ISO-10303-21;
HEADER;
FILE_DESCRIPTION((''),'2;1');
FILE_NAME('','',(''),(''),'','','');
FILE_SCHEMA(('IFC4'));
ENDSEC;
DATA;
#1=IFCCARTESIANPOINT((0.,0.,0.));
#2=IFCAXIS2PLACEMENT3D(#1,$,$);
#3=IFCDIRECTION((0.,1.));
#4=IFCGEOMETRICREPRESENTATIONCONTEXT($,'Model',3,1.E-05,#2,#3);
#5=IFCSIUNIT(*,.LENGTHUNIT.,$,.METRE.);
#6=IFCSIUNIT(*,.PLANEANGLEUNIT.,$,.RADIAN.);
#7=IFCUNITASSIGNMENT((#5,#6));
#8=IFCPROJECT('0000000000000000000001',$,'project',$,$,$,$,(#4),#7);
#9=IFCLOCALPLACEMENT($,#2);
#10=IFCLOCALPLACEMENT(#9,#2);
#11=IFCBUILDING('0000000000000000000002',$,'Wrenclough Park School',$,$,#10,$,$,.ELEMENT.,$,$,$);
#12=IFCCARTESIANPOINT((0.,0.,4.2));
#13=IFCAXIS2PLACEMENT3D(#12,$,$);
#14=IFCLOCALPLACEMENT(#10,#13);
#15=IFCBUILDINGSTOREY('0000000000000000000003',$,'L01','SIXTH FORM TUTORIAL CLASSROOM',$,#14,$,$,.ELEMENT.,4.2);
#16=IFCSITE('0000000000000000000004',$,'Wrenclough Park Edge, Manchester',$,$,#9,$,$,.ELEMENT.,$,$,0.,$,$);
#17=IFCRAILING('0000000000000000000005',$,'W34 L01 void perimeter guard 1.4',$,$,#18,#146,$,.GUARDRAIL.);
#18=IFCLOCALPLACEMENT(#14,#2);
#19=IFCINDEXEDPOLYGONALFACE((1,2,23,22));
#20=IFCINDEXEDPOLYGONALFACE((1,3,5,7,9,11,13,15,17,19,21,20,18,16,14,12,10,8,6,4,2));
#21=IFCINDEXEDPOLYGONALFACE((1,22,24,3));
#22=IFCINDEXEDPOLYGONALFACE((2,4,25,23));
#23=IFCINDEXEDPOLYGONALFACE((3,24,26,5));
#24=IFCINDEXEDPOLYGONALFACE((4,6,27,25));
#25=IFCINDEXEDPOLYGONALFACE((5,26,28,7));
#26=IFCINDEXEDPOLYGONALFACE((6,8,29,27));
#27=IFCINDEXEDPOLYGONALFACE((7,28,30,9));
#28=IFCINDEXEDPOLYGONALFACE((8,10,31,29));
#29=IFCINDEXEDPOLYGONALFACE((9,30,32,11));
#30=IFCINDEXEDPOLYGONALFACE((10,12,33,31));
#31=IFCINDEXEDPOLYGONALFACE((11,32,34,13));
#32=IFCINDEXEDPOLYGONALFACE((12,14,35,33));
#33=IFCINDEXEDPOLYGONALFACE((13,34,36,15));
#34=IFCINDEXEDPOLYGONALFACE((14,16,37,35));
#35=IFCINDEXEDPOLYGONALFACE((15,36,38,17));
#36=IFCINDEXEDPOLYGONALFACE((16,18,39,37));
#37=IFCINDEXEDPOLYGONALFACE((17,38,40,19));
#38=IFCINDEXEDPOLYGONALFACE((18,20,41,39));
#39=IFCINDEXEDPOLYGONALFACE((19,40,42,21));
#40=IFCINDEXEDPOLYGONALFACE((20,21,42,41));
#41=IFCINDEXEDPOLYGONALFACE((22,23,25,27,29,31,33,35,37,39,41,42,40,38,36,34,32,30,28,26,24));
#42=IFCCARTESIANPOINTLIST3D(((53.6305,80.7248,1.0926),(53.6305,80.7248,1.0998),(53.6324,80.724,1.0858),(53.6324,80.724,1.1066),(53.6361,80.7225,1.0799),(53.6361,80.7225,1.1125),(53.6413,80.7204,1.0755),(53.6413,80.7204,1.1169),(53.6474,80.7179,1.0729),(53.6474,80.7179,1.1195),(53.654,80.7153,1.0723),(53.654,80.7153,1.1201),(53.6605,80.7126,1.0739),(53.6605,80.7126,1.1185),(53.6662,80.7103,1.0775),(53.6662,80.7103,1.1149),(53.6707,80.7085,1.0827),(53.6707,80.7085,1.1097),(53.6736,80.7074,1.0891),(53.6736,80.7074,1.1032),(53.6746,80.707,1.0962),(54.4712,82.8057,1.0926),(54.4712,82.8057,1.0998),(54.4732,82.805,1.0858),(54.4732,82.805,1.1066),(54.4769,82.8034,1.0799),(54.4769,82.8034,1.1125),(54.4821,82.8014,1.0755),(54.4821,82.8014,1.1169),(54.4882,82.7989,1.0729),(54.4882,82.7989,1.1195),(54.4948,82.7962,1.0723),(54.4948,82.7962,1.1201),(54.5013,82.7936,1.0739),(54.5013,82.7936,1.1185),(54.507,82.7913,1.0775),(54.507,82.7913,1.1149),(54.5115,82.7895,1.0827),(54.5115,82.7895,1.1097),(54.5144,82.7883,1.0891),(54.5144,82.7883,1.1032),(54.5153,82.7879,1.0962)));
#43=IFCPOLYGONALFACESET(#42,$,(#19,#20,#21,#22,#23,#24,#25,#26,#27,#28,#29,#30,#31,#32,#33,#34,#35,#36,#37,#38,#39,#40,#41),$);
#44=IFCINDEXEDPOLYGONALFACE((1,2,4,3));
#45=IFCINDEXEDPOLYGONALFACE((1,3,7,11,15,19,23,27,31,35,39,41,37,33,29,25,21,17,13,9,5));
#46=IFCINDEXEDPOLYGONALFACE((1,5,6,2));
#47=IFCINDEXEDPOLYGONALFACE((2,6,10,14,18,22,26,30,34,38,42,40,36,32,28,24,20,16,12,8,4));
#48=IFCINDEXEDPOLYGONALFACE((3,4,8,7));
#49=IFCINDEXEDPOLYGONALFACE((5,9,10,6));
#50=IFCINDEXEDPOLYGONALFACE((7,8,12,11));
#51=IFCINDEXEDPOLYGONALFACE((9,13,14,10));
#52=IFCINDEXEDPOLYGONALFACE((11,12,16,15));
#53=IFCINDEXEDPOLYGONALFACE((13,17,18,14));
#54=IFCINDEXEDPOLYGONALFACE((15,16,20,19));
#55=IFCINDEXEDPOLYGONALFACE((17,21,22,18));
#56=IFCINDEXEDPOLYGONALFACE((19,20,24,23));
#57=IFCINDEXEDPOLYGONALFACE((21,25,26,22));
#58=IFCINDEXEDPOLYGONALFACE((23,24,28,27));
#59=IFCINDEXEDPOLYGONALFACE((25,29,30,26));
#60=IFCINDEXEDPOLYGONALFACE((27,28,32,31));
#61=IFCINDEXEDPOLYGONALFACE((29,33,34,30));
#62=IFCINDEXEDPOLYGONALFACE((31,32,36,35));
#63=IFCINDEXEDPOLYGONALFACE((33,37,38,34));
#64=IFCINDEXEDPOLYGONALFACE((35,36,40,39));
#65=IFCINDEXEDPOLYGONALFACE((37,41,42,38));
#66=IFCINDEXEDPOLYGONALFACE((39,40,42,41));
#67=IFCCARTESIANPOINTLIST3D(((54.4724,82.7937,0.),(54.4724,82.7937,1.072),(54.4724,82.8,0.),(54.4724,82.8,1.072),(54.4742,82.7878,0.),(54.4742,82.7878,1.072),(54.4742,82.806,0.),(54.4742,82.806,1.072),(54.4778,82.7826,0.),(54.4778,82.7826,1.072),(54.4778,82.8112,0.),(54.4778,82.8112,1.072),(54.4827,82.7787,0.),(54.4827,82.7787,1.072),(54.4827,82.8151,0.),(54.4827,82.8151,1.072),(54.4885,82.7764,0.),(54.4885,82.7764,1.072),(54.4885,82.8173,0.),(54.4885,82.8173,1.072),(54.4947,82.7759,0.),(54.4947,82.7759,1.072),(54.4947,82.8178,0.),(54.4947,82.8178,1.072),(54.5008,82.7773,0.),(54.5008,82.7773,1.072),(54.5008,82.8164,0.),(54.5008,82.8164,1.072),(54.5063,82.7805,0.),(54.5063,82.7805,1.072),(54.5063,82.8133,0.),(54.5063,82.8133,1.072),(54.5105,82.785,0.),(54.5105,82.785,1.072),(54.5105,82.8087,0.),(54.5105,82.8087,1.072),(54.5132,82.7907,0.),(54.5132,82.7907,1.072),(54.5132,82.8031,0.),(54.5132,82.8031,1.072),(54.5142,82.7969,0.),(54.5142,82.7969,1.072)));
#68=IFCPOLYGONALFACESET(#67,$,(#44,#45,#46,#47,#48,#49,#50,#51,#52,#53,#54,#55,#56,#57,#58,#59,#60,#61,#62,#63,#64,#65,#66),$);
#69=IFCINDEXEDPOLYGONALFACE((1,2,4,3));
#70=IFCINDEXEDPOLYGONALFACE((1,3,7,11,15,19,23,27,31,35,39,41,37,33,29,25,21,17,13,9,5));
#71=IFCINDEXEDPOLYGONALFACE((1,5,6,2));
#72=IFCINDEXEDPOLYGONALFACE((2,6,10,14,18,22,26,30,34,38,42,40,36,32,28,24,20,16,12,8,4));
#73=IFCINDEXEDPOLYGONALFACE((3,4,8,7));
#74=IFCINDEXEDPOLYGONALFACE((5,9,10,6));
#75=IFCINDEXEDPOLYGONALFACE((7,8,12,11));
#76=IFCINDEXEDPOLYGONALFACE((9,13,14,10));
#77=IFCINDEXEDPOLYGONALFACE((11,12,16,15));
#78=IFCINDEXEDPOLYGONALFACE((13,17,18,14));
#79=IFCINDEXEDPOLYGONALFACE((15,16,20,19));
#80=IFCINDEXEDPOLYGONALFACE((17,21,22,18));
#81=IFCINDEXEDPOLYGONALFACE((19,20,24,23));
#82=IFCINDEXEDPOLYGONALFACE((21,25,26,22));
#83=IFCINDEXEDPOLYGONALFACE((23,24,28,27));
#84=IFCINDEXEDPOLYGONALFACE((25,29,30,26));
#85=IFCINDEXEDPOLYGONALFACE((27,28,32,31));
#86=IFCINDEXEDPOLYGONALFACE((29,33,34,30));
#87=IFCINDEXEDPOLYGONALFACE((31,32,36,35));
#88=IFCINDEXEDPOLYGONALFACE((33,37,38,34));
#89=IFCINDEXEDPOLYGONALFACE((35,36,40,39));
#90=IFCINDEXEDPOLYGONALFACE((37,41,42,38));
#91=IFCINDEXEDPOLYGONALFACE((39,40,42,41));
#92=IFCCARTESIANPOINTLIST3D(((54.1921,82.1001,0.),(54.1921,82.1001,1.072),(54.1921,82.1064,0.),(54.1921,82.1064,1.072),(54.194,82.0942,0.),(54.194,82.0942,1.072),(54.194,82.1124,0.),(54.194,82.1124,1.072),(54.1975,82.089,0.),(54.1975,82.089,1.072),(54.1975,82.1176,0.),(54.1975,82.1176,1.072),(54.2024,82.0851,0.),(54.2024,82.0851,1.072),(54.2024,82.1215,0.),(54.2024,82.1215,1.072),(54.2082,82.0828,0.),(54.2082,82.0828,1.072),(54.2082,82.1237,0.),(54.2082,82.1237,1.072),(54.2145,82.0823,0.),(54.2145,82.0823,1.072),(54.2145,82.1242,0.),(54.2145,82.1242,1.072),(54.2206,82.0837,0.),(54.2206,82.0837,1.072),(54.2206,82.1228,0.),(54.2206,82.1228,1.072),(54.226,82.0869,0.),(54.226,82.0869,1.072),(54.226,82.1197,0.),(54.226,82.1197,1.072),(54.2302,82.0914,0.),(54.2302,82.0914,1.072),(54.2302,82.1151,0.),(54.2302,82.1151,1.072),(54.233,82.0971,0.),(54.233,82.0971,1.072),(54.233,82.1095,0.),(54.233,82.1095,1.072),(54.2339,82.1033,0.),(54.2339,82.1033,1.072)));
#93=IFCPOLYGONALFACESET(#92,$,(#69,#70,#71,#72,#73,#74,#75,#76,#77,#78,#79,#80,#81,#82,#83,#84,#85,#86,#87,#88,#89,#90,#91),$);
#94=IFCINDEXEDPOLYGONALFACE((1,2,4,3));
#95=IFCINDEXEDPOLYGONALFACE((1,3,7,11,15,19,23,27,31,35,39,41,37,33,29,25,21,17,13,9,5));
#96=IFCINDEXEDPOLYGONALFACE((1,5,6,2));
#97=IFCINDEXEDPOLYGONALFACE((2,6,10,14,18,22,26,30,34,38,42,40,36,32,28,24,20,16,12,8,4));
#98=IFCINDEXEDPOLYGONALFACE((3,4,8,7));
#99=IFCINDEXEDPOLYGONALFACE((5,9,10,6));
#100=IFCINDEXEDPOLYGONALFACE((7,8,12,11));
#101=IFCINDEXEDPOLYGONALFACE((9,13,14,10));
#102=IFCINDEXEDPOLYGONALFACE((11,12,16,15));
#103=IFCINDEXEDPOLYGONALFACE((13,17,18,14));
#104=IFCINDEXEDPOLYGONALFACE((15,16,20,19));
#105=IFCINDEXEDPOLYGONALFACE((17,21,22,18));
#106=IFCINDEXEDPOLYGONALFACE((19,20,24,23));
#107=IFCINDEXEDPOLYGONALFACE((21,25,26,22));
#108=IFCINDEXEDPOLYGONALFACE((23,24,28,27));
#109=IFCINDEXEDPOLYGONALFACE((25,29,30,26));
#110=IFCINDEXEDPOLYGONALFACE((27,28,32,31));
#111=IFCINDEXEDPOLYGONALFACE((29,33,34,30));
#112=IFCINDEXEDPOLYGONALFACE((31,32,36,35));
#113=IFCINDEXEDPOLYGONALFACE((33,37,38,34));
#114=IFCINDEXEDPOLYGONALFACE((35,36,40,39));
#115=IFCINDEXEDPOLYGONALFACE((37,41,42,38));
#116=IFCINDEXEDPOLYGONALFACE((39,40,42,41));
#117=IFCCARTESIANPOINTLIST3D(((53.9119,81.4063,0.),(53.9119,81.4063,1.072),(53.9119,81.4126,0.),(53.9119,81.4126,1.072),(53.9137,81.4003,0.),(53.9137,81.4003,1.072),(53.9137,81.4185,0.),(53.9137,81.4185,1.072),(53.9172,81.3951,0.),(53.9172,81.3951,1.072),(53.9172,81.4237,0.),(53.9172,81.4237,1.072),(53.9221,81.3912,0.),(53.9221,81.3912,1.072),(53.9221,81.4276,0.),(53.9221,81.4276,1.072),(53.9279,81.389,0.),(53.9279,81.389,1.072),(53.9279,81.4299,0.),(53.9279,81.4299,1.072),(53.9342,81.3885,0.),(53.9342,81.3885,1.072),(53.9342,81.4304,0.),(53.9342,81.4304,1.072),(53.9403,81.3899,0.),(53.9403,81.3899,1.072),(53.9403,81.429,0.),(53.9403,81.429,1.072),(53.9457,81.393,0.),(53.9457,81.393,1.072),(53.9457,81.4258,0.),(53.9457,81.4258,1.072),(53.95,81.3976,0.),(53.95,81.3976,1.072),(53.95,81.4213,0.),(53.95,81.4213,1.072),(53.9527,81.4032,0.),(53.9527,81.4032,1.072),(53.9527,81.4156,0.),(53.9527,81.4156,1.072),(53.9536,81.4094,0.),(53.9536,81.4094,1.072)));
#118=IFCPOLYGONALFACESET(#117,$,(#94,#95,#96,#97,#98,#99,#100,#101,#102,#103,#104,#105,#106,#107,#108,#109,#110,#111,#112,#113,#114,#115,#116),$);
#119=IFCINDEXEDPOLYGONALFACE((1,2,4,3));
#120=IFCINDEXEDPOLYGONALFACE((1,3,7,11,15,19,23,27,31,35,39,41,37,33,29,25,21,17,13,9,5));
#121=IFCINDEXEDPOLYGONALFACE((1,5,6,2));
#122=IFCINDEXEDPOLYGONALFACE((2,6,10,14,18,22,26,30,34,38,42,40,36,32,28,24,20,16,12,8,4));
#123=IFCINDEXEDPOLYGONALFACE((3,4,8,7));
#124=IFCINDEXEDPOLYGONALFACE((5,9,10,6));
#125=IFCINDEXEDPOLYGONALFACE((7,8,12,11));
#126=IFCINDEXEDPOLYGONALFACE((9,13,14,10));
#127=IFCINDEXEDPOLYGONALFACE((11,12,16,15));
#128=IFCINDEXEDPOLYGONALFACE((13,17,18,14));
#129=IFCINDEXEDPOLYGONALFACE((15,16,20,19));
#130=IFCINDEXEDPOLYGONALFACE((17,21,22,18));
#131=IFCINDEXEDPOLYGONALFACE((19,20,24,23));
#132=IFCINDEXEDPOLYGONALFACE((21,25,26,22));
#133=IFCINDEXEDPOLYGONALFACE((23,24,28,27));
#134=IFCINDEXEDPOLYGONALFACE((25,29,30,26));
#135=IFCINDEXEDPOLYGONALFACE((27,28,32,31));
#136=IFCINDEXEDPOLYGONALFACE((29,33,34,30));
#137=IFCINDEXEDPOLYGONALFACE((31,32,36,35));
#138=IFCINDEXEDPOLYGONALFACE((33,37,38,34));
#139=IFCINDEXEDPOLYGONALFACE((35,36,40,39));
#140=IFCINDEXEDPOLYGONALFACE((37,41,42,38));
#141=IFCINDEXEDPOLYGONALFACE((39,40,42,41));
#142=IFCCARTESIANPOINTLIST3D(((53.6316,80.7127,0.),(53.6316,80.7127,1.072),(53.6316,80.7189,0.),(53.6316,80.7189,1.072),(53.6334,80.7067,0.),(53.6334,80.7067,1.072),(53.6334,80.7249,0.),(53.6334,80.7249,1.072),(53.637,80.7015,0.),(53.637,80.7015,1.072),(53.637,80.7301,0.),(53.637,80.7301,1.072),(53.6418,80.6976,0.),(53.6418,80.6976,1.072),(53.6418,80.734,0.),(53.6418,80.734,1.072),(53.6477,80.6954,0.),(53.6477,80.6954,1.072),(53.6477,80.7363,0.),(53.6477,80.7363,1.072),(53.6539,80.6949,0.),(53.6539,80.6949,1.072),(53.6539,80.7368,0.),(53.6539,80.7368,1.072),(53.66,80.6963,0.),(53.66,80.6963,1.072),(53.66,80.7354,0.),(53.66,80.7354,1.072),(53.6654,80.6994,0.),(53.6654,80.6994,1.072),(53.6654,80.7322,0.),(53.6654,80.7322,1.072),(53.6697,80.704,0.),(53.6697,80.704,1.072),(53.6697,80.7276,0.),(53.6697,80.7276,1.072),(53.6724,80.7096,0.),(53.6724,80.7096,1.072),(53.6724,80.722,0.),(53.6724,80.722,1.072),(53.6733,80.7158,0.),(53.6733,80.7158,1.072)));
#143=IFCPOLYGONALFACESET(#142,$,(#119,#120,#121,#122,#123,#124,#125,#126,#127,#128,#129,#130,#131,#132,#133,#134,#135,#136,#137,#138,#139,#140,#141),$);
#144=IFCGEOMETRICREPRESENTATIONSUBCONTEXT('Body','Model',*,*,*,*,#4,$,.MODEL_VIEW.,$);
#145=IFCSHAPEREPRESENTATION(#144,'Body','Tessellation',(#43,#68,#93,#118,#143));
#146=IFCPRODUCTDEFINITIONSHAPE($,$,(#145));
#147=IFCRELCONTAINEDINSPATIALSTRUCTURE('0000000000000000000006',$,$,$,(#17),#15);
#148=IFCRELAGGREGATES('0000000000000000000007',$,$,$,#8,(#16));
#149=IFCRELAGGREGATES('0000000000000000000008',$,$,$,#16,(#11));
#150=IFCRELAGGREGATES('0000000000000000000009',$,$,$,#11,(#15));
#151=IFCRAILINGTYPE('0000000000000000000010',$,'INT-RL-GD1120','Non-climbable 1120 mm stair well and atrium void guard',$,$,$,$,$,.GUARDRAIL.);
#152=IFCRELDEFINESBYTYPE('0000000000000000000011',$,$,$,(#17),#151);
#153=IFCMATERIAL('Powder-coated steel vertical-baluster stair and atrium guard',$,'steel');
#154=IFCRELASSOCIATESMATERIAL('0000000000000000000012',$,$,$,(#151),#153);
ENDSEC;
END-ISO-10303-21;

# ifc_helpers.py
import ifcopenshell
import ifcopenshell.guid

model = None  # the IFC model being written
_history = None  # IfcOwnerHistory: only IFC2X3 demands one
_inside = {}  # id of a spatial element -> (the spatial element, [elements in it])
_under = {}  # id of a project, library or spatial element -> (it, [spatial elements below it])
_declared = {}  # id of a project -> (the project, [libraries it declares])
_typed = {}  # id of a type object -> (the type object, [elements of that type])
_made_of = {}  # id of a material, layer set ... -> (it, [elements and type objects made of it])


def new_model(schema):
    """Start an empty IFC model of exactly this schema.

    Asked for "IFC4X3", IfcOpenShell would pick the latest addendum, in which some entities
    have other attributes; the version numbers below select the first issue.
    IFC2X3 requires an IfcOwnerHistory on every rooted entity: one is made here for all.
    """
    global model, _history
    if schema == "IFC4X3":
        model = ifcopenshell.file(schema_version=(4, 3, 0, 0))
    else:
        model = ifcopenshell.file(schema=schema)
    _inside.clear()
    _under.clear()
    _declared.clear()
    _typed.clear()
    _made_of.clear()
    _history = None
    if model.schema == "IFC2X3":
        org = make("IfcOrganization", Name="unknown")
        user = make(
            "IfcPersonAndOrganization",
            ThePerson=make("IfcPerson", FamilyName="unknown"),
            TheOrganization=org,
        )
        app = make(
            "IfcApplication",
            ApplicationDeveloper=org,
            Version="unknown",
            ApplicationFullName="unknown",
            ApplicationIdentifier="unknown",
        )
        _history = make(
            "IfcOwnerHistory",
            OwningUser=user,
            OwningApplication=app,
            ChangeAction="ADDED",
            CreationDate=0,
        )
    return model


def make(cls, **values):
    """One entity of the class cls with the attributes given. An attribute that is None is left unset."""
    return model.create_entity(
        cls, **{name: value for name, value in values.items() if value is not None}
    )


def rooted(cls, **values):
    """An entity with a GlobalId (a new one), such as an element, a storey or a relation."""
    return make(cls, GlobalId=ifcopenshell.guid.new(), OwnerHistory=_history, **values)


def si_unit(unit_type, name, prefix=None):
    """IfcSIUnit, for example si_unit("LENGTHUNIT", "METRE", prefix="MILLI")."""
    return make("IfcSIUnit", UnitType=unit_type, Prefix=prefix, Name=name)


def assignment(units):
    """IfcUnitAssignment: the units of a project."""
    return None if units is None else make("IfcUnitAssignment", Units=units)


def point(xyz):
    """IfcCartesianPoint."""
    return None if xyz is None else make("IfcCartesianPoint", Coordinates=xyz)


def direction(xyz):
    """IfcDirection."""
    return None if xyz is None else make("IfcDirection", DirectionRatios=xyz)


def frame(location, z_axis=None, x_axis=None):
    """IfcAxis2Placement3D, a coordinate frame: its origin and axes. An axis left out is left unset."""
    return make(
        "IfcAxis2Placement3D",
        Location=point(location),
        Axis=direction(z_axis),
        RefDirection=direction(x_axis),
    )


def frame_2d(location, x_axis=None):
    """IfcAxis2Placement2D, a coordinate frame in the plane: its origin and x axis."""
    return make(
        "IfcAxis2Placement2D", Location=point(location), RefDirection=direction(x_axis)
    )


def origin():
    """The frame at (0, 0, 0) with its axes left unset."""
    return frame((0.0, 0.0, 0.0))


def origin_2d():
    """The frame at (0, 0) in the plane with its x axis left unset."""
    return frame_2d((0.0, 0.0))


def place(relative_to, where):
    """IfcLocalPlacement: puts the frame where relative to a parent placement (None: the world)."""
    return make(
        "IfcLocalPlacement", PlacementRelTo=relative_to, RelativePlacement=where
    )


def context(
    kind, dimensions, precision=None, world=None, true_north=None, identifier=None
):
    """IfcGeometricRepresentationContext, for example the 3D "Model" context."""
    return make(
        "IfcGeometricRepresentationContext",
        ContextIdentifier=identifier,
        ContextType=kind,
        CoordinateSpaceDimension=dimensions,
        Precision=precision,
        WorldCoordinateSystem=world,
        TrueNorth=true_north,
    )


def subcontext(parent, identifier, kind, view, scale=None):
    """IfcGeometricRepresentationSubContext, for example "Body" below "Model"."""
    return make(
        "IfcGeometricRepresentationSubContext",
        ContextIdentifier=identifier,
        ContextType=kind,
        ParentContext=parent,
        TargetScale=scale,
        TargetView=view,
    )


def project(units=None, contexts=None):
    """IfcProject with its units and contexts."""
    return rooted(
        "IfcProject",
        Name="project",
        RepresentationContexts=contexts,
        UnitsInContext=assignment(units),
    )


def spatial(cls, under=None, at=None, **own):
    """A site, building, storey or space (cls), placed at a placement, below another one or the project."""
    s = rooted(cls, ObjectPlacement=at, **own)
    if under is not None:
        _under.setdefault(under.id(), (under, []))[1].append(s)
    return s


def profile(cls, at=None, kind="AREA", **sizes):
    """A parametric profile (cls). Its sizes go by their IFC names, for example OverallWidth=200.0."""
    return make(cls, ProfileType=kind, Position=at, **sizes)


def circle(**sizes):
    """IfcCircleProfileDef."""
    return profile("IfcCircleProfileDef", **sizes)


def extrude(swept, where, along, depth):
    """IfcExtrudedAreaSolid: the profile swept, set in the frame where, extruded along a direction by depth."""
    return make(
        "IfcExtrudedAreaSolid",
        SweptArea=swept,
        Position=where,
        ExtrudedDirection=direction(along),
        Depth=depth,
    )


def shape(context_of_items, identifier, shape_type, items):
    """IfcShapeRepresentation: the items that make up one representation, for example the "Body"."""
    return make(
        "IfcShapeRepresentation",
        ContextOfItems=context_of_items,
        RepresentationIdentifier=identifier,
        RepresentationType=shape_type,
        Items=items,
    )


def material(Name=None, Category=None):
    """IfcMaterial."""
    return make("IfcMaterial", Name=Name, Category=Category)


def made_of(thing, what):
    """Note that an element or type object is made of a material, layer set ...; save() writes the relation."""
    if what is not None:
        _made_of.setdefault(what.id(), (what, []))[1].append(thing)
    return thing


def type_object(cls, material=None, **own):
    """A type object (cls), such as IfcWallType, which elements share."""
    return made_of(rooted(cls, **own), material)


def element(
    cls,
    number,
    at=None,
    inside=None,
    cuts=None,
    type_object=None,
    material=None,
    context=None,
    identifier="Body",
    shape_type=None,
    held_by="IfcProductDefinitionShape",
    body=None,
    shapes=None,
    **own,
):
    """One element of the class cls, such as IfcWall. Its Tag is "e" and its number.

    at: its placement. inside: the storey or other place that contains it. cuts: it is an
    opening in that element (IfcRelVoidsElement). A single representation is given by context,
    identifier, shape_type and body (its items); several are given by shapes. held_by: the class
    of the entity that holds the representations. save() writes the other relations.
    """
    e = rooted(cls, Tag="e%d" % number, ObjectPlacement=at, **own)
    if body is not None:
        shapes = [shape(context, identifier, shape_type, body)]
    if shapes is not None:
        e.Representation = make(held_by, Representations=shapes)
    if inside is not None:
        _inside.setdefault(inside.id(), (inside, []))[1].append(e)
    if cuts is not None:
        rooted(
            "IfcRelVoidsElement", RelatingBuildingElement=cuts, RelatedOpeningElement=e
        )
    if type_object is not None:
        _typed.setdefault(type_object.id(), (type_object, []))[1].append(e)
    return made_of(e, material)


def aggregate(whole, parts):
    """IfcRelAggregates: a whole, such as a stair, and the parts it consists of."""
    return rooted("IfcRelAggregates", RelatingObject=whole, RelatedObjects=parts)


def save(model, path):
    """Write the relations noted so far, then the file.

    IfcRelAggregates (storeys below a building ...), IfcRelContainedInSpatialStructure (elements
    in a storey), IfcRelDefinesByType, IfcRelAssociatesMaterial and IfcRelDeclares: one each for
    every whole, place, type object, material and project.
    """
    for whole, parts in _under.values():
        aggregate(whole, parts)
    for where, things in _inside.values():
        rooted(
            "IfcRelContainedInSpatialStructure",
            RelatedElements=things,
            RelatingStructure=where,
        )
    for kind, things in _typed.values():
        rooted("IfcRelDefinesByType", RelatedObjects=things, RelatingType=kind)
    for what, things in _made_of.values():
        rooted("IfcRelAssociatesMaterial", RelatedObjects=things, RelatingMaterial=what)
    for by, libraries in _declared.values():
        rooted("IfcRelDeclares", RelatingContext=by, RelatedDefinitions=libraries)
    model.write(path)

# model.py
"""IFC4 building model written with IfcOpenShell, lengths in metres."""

from ifc_helpers import new_model, si_unit, direction, frame, origin, origin_2d, place, context, subcontext, project, spatial, circle, extrude, material, type_object, element, save


model = new_model("IFC4")

# Units and contexts
model_context = context("Model", 3, precision=1e-05, world=origin(), true_north=direction((0.0, 1.0)))
body_context = subcontext(model_context, "Body", "Model", "MODEL_VIEW")
ifc_project = project(units=[si_unit("LENGTHUNIT", "METRE"), si_unit("PLANEANGLEUNIT", "RADIAN")], contexts=[model_context])

# Site, building, storey
site_placement = place(None, origin())
site = spatial("IfcSite", under=ifc_project, at=site_placement, Name="Wrenclough Park Edge, Manchester", CompositionType="ELEMENT", RefElevation=0.0)
building_placement = place(site_placement, origin())
building = spatial("IfcBuilding", under=site, at=building_placement, Name="Wrenclough Park School", CompositionType="ELEMENT")
storey_placement = place(building_placement, frame((0.0, 0.0, 4.2)))
storey = spatial("IfcBuildingStorey", under=building, at=storey_placement, Name="L01", Description="SIXTH FORM TUTORIAL CLASSROOM", CompositionType="ELEMENT", Elevation=4.2)

# Railing
ifc_material_1 = material(Name="Powder-coated steel vertical-baluster stair and atrium guard", Category="steel")
railing_type = type_object("IfcRailingType", Name="INT-RL-GD1120", Description="Non-climbable 1120 mm stair well and atrium void guard", PredefinedType="GUARDRAIL", material=ifc_material_1)
railing_1_placement = place(storey_placement, frame((54.4932, 82.7969, 0.0)))
element("IfcRailing", 1, at=railing_1_placement, inside=storey, type_object=railing_type, Name="W34 L01 void perimeter guard 1.4", PredefinedType="GUARDRAIL", context=body_context, shape_type="SweptSolid", body=[
    extrude(circle(Radius=0.0239, at=origin_2d()), frame((0.0, 0.0, 1.0962), z_axis=(-0.374614, -0.927181, 0.0), x_axis=(0.927181, -0.374614, 0.0)), (0.0, 0.0, 1.0), 2.2444),
    extrude(circle(Radius=0.021, at=origin_2d()), origin(), (0.0, 0.0, 1.0), 1.072),
    extrude(circle(Radius=0.021, at=origin_2d()), frame((-0.2803, -0.6936, 0.0)), (0.0, 0.0, 1.0), 1.072),
    extrude(circle(Radius=0.021, at=origin_2d()), frame((-0.5605, -1.3875, 0.0)), (0.0, 0.0, 1.0), 1.072),
    extrude(circle(Radius=0.021, at=origin_2d()), frame((-0.8408, -2.0811, 0.0)), (0.0, 0.0, 1.0), 1.072),
])

save(model, "model.ifc")
